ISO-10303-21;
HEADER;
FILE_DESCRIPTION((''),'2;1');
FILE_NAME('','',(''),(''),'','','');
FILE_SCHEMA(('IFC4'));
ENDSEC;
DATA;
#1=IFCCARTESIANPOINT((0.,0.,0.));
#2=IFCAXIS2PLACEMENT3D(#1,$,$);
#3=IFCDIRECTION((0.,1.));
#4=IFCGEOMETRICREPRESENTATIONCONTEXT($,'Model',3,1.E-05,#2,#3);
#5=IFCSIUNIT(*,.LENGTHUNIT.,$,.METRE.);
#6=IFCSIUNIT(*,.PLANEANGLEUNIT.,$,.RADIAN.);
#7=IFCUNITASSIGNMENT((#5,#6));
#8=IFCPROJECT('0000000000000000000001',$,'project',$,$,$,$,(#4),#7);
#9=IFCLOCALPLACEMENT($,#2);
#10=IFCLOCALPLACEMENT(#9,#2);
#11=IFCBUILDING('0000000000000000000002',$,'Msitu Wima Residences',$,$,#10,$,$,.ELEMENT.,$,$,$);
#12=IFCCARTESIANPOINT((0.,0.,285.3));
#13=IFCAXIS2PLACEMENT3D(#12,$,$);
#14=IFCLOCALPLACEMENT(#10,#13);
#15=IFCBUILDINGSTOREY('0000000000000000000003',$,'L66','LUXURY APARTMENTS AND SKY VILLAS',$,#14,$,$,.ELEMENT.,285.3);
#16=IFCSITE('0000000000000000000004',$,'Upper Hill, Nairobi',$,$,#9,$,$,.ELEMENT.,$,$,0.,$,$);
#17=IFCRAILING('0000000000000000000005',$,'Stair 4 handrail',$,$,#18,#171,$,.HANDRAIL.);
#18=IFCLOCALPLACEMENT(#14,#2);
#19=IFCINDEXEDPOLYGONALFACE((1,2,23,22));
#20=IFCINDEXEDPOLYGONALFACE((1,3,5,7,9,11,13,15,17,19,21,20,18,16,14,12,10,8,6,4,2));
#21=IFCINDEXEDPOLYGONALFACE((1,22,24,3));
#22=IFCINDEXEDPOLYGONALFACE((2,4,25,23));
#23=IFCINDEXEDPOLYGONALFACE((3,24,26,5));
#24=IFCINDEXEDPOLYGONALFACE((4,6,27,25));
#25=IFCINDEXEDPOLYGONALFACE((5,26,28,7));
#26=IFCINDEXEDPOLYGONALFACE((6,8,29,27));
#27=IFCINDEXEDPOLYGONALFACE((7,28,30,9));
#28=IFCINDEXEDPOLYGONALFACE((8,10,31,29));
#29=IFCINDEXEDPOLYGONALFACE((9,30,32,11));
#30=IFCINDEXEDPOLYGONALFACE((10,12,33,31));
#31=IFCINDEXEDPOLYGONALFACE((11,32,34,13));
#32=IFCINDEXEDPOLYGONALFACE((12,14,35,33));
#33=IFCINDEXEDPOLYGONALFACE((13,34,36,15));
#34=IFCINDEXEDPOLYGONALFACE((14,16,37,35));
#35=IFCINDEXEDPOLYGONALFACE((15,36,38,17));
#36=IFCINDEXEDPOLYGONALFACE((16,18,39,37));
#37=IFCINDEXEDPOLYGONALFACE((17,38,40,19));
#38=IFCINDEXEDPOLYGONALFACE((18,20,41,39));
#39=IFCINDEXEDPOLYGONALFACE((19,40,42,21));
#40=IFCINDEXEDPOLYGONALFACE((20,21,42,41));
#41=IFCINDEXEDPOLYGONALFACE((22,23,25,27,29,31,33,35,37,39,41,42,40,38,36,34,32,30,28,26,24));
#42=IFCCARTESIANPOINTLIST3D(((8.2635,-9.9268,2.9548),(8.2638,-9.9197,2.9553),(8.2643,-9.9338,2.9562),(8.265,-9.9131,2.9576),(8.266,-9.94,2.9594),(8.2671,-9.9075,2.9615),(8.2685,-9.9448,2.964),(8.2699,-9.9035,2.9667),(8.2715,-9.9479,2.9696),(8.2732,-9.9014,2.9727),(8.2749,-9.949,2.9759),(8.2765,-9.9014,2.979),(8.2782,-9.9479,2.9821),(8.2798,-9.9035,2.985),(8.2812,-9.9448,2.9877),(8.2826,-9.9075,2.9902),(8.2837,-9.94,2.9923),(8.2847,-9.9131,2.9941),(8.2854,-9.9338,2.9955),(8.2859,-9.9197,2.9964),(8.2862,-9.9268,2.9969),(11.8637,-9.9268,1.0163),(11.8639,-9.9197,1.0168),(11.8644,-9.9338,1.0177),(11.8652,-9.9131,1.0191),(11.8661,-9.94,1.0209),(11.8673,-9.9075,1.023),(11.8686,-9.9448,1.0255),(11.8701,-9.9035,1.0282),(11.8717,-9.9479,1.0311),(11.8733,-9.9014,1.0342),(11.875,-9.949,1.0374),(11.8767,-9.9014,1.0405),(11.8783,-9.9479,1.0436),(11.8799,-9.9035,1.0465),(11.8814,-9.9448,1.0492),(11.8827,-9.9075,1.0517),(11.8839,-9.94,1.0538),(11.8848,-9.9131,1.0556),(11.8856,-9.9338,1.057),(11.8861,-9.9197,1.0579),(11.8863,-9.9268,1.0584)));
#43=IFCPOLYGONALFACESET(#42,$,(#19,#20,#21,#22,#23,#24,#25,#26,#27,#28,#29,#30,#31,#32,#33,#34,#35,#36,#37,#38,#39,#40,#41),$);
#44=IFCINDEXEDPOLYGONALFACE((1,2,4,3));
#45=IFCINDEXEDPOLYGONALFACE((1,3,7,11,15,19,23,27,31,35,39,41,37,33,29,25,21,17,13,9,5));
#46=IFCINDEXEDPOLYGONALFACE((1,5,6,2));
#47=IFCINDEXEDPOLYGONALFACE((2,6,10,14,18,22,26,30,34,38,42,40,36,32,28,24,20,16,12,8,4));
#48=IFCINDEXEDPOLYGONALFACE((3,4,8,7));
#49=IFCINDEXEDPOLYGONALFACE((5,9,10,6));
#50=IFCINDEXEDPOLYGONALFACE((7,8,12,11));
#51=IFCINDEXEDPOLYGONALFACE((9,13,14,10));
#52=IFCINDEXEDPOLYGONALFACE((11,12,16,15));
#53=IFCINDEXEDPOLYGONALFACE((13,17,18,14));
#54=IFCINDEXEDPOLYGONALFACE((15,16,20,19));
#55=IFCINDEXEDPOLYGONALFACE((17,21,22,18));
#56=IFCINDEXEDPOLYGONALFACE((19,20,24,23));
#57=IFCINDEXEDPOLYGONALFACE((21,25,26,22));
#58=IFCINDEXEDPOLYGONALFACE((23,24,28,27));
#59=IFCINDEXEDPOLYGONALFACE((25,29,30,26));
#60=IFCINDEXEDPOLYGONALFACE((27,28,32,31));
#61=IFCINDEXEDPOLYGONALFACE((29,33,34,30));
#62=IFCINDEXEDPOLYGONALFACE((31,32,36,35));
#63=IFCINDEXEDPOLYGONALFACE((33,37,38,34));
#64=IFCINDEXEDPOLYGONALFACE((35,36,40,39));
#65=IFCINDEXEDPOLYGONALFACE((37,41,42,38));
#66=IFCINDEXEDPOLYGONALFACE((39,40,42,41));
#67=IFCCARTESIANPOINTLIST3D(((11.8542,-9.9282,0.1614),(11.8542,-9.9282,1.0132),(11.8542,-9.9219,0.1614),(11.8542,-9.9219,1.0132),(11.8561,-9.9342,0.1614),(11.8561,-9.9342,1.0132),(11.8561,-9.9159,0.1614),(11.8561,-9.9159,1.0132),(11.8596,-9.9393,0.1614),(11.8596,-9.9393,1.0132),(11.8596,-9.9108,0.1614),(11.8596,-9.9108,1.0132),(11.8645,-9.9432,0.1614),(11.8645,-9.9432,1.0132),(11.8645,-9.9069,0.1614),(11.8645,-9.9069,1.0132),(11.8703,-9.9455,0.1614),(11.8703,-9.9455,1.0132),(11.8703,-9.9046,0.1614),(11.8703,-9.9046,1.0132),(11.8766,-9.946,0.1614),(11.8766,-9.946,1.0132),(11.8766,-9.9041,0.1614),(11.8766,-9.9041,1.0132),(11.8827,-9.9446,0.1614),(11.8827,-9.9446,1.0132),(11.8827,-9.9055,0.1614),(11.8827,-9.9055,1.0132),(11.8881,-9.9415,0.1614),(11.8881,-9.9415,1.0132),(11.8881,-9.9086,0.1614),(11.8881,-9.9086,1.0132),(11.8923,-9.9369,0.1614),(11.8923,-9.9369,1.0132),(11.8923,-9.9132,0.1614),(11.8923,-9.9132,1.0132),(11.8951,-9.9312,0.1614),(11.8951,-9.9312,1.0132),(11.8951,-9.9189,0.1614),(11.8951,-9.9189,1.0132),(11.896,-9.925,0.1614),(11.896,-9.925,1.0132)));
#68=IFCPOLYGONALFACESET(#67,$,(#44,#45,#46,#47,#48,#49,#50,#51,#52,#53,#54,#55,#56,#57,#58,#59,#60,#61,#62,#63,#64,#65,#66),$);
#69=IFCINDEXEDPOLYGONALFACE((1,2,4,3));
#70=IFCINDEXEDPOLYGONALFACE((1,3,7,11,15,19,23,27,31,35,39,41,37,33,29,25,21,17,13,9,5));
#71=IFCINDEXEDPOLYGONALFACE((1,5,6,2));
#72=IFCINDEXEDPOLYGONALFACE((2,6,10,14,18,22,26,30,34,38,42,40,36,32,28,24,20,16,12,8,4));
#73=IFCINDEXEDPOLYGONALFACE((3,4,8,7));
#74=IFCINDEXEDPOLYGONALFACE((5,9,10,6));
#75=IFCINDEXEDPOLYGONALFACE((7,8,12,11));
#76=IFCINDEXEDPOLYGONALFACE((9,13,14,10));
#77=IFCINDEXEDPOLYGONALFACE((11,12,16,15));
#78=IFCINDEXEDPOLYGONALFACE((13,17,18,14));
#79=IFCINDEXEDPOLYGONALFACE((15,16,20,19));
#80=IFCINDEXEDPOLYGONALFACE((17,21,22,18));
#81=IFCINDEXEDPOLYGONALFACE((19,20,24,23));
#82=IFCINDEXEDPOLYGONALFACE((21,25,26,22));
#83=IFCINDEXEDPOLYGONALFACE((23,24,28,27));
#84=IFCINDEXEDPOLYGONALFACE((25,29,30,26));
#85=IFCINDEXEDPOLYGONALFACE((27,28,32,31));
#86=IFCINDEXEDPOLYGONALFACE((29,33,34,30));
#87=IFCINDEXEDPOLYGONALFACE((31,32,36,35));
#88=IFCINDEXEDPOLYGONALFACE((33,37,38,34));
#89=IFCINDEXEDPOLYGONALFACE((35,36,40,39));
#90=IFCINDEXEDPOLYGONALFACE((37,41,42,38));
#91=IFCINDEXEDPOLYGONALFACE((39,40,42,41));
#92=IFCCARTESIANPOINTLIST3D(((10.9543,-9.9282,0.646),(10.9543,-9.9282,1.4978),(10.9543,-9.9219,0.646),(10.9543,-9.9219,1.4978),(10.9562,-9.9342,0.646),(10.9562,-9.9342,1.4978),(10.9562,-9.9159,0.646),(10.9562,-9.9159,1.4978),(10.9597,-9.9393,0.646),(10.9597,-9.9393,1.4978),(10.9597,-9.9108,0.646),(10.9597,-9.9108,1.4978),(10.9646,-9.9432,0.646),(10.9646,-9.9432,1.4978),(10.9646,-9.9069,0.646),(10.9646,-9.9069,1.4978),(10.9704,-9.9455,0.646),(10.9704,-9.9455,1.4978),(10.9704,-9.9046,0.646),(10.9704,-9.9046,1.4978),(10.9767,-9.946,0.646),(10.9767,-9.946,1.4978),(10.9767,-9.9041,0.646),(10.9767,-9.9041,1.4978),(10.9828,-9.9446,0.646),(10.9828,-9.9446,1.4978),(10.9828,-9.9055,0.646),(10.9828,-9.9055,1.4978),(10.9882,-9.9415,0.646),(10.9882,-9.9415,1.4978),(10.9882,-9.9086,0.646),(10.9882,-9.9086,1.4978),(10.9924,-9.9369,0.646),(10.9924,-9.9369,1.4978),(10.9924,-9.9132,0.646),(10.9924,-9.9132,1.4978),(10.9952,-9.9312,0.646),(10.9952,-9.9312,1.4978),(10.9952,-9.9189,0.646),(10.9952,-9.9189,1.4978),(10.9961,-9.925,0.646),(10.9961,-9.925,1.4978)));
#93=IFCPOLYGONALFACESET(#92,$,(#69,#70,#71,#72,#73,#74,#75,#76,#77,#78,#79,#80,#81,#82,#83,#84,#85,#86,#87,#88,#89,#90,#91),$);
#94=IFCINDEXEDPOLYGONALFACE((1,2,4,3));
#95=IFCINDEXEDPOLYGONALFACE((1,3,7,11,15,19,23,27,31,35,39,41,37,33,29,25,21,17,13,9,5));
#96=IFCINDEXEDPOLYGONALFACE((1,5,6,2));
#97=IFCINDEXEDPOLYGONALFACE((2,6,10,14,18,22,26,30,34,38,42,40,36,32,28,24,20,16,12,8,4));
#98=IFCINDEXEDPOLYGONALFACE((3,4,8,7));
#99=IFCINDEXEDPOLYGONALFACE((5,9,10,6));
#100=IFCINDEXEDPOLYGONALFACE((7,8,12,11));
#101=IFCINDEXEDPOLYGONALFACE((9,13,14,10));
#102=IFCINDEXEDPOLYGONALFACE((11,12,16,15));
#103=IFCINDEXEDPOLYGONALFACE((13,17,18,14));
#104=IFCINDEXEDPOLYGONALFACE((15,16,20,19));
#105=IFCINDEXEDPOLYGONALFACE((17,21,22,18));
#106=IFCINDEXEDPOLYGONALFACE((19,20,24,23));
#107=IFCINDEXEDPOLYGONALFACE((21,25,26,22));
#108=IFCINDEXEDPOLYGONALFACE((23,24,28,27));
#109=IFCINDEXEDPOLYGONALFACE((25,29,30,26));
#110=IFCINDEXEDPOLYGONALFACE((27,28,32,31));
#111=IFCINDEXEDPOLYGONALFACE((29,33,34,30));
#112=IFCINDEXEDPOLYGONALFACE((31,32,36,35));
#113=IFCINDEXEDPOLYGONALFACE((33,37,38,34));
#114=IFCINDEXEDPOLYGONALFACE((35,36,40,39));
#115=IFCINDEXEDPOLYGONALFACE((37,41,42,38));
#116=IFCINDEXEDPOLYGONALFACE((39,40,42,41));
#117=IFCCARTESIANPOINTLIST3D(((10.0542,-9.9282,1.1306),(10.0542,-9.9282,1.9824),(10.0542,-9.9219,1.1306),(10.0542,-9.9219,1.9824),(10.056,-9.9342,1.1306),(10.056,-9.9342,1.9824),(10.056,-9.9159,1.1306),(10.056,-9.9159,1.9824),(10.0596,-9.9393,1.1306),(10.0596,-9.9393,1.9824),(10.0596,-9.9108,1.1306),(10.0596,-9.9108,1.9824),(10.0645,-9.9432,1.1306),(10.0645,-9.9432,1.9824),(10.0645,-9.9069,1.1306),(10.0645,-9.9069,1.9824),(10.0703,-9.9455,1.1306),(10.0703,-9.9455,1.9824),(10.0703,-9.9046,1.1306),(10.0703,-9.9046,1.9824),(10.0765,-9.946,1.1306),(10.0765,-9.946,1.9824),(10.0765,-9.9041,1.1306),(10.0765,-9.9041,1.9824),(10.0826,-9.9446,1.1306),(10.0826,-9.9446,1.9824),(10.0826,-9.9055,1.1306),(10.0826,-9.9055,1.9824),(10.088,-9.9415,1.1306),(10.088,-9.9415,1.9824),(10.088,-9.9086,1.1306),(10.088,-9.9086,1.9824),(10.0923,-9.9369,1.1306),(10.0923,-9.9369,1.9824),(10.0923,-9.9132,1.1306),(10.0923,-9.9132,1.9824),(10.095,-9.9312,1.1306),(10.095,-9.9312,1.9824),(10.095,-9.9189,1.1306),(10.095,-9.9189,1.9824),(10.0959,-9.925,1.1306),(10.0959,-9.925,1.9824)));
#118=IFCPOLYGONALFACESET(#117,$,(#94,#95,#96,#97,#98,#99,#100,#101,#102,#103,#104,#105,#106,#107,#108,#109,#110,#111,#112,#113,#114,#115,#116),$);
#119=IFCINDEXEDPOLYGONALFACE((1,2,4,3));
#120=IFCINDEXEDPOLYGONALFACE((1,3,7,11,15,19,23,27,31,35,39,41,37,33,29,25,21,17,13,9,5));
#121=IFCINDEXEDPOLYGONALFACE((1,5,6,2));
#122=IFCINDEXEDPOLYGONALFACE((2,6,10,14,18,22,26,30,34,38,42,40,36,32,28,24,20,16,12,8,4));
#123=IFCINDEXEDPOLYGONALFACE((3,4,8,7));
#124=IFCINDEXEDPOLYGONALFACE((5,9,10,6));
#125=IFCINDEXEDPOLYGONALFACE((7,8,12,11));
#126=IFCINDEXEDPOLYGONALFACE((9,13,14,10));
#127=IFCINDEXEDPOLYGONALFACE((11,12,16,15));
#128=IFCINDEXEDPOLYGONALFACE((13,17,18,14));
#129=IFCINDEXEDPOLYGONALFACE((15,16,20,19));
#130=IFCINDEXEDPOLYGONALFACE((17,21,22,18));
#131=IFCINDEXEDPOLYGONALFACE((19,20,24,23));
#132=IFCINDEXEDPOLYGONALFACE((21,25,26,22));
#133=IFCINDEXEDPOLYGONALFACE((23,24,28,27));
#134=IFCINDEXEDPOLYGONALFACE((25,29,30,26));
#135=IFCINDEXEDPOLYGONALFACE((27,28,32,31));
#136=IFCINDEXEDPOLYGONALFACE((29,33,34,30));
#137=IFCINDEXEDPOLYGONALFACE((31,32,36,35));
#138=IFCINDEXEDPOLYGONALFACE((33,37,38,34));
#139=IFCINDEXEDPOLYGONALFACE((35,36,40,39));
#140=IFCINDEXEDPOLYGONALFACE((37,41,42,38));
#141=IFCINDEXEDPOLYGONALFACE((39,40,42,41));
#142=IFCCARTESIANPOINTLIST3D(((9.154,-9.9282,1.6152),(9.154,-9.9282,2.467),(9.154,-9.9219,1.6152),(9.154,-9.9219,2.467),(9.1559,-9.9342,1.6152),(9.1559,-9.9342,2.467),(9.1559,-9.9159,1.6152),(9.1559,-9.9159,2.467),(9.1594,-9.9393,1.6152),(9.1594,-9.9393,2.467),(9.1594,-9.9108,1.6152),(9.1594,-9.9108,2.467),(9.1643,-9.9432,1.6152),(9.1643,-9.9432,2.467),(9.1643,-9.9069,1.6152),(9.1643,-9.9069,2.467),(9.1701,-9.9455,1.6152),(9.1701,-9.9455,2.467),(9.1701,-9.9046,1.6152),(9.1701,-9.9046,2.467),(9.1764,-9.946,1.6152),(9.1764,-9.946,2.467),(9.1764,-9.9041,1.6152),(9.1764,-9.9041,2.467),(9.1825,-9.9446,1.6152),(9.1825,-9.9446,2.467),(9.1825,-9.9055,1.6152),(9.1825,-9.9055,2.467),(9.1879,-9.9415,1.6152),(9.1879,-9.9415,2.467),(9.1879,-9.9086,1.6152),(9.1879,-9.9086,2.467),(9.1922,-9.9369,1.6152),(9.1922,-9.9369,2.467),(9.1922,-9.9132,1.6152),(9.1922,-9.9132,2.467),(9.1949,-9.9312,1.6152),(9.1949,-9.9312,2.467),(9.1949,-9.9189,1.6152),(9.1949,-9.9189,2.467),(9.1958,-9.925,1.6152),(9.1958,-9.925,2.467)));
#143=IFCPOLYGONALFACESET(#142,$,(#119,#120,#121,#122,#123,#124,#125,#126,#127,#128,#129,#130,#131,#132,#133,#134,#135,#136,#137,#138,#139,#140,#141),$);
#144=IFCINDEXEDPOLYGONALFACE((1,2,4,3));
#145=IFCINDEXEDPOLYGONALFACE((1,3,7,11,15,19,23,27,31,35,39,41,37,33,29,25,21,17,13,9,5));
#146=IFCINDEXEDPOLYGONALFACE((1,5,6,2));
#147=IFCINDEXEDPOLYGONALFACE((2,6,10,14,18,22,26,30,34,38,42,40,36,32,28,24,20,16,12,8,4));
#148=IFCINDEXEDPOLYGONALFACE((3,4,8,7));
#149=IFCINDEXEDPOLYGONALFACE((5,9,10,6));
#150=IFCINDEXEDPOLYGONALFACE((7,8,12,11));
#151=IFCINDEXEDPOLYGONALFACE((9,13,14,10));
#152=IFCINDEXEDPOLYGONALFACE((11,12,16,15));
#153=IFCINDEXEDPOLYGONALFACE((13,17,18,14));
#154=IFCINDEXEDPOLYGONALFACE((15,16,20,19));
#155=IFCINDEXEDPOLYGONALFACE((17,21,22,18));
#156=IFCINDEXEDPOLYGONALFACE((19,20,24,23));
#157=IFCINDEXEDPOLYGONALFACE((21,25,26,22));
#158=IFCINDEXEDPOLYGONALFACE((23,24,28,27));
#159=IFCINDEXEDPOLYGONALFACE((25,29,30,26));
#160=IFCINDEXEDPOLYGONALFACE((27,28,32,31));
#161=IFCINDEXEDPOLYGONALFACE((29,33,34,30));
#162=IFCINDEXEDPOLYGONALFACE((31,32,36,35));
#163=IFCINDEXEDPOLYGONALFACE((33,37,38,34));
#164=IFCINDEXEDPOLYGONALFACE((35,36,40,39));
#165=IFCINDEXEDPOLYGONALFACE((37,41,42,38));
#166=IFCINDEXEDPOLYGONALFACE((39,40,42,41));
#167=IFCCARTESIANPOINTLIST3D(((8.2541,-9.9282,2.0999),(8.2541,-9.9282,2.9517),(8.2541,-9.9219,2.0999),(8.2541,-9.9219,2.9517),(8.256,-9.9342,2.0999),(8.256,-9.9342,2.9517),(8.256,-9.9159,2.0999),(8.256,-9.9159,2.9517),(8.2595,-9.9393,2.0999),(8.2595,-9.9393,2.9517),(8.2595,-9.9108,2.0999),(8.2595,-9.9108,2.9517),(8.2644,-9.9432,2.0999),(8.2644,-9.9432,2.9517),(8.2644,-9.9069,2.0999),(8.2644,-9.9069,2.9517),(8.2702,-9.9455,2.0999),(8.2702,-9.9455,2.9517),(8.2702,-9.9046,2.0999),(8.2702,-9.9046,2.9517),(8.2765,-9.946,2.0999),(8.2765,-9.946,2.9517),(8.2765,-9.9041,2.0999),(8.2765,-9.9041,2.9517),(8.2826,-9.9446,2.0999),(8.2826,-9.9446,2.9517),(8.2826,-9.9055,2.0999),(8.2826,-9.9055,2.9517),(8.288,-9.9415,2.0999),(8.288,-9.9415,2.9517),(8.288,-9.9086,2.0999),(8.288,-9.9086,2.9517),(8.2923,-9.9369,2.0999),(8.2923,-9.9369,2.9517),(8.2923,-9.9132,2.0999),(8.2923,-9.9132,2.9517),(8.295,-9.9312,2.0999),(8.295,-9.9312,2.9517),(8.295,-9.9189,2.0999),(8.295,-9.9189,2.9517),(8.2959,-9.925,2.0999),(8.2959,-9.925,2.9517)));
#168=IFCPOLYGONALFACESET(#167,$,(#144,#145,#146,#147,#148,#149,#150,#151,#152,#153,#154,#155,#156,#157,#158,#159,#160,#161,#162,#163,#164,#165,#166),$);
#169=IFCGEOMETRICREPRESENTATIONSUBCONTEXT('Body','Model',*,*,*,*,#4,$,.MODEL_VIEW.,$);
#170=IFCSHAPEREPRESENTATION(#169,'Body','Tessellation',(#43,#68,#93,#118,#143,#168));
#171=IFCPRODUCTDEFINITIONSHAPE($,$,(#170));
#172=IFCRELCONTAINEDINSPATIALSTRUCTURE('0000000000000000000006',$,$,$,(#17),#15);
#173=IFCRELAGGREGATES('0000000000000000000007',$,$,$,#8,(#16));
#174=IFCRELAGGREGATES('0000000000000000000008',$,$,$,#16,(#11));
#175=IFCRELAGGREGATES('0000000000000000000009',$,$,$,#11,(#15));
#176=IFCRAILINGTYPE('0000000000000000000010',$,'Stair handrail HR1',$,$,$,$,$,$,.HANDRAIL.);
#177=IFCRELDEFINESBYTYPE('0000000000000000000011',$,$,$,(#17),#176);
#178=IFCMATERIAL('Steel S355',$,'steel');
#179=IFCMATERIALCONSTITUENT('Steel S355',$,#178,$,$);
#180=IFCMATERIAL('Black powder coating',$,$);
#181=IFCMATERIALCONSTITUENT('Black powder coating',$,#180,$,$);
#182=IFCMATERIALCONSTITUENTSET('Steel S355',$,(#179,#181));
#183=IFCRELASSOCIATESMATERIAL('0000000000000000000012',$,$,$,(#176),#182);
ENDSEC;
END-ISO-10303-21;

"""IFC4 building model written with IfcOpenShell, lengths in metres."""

from ifc_helpers import new_model, si_unit, direction, frame, origin, origin_2d, place, context, subcontext, project, spatial, circle, extrude, material, constituent, constituent_set, type_object, element, save


model = new_model("IFC4")

# Units and contexts
model_context = context("Model", 3, precision=1e-05, world=origin(), true_north=direction((0.0, 1.0)))
body_context = subcontext(model_context, "Body", "Model", "MODEL_VIEW")
ifc_project = project(units=[si_unit("LENGTHUNIT", "METRE"), si_unit("PLANEANGLEUNIT", "RADIAN")], contexts=[model_context])

# Site, building, storey
site_placement = place(None, origin())
site = spatial("IfcSite", under=ifc_project, at=site_placement, Name="Upper Hill, Nairobi", CompositionType="ELEMENT", RefElevation=0.0)
building_placement = place(site_placement, origin())
building = spatial("IfcBuilding", under=site, at=building_placement, Name="Msitu Wima Residences", CompositionType="ELEMENT")
storey_placement = place(building_placement, frame((0.0, 0.0, 285.3)))
storey = spatial("IfcBuildingStorey", under=building, at=storey_placement, Name="L66", Description="LUXURY APARTMENTS AND SKY VILLAS", CompositionType="ELEMENT", Elevation=285.3)

# Railing
ifc_material_1 = material(Name="Steel S355", Category="steel")
ifc_constituent_1 = constituent(ifc_material_1, Name="Steel S355")
ifc_material_2 = material(Name="Black powder coating")
ifc_constituent_2 = constituent(ifc_material_2, Name="Black powder coating")
ifc_constituent_set = constituent_set(constituents=[ifc_constituent_1, ifc_constituent_2], Name="Steel S355")
railing_type = type_object("IfcRailingType", Name="Stair handrail HR1", PredefinedType="HANDRAIL", material=ifc_constituent_set)
for number, where, name in (
    (1, (11.875, -9.925, 0.1614), "Stair 4 handrail"),
):
    element("IfcRailing", number, at=place(storey_placement, frame(where)), inside=storey, type_object=railing_type, Name=name, PredefinedType="HANDRAIL", context=body_context, shape_type="SweptSolid", body=[
        extrude(circle(Radius=0.0239, at=origin_2d()), frame((0.0, 0.0, 0.876), z_axis=(-0.880475, 0.0, 0.474093), x_axis=(0.0, -1.0, 0.0)), (0.0, 0.0, 1.0), 4.0889),
        extrude(circle(Radius=0.021, at=origin_2d()), origin(), (0.0, 0.0, 1.0), 0.8518),
        extrude(circle(Radius=0.021, at=origin_2d()), frame((-0.8999, 0.0, 0.4846)), (0.0, 0.0, 1.0), 0.8518),
        extrude(circle(Radius=0.021, at=origin_2d()), frame((-1.8, 0.0, 0.9692)), (0.0, 0.0, 1.0), 0.8518),
        extrude(circle(Radius=0.021, at=origin_2d()), frame((-2.7002, 0.0, 1.4539)), (0.0, 0.0, 1.0), 0.8518),
        extrude(circle(Radius=0.021, at=origin_2d()), frame((-3.6001, 0.0, 1.9385)), (0.0, 0.0, 1.0), 0.8518),
    ])

save(model, "model.ifc")
